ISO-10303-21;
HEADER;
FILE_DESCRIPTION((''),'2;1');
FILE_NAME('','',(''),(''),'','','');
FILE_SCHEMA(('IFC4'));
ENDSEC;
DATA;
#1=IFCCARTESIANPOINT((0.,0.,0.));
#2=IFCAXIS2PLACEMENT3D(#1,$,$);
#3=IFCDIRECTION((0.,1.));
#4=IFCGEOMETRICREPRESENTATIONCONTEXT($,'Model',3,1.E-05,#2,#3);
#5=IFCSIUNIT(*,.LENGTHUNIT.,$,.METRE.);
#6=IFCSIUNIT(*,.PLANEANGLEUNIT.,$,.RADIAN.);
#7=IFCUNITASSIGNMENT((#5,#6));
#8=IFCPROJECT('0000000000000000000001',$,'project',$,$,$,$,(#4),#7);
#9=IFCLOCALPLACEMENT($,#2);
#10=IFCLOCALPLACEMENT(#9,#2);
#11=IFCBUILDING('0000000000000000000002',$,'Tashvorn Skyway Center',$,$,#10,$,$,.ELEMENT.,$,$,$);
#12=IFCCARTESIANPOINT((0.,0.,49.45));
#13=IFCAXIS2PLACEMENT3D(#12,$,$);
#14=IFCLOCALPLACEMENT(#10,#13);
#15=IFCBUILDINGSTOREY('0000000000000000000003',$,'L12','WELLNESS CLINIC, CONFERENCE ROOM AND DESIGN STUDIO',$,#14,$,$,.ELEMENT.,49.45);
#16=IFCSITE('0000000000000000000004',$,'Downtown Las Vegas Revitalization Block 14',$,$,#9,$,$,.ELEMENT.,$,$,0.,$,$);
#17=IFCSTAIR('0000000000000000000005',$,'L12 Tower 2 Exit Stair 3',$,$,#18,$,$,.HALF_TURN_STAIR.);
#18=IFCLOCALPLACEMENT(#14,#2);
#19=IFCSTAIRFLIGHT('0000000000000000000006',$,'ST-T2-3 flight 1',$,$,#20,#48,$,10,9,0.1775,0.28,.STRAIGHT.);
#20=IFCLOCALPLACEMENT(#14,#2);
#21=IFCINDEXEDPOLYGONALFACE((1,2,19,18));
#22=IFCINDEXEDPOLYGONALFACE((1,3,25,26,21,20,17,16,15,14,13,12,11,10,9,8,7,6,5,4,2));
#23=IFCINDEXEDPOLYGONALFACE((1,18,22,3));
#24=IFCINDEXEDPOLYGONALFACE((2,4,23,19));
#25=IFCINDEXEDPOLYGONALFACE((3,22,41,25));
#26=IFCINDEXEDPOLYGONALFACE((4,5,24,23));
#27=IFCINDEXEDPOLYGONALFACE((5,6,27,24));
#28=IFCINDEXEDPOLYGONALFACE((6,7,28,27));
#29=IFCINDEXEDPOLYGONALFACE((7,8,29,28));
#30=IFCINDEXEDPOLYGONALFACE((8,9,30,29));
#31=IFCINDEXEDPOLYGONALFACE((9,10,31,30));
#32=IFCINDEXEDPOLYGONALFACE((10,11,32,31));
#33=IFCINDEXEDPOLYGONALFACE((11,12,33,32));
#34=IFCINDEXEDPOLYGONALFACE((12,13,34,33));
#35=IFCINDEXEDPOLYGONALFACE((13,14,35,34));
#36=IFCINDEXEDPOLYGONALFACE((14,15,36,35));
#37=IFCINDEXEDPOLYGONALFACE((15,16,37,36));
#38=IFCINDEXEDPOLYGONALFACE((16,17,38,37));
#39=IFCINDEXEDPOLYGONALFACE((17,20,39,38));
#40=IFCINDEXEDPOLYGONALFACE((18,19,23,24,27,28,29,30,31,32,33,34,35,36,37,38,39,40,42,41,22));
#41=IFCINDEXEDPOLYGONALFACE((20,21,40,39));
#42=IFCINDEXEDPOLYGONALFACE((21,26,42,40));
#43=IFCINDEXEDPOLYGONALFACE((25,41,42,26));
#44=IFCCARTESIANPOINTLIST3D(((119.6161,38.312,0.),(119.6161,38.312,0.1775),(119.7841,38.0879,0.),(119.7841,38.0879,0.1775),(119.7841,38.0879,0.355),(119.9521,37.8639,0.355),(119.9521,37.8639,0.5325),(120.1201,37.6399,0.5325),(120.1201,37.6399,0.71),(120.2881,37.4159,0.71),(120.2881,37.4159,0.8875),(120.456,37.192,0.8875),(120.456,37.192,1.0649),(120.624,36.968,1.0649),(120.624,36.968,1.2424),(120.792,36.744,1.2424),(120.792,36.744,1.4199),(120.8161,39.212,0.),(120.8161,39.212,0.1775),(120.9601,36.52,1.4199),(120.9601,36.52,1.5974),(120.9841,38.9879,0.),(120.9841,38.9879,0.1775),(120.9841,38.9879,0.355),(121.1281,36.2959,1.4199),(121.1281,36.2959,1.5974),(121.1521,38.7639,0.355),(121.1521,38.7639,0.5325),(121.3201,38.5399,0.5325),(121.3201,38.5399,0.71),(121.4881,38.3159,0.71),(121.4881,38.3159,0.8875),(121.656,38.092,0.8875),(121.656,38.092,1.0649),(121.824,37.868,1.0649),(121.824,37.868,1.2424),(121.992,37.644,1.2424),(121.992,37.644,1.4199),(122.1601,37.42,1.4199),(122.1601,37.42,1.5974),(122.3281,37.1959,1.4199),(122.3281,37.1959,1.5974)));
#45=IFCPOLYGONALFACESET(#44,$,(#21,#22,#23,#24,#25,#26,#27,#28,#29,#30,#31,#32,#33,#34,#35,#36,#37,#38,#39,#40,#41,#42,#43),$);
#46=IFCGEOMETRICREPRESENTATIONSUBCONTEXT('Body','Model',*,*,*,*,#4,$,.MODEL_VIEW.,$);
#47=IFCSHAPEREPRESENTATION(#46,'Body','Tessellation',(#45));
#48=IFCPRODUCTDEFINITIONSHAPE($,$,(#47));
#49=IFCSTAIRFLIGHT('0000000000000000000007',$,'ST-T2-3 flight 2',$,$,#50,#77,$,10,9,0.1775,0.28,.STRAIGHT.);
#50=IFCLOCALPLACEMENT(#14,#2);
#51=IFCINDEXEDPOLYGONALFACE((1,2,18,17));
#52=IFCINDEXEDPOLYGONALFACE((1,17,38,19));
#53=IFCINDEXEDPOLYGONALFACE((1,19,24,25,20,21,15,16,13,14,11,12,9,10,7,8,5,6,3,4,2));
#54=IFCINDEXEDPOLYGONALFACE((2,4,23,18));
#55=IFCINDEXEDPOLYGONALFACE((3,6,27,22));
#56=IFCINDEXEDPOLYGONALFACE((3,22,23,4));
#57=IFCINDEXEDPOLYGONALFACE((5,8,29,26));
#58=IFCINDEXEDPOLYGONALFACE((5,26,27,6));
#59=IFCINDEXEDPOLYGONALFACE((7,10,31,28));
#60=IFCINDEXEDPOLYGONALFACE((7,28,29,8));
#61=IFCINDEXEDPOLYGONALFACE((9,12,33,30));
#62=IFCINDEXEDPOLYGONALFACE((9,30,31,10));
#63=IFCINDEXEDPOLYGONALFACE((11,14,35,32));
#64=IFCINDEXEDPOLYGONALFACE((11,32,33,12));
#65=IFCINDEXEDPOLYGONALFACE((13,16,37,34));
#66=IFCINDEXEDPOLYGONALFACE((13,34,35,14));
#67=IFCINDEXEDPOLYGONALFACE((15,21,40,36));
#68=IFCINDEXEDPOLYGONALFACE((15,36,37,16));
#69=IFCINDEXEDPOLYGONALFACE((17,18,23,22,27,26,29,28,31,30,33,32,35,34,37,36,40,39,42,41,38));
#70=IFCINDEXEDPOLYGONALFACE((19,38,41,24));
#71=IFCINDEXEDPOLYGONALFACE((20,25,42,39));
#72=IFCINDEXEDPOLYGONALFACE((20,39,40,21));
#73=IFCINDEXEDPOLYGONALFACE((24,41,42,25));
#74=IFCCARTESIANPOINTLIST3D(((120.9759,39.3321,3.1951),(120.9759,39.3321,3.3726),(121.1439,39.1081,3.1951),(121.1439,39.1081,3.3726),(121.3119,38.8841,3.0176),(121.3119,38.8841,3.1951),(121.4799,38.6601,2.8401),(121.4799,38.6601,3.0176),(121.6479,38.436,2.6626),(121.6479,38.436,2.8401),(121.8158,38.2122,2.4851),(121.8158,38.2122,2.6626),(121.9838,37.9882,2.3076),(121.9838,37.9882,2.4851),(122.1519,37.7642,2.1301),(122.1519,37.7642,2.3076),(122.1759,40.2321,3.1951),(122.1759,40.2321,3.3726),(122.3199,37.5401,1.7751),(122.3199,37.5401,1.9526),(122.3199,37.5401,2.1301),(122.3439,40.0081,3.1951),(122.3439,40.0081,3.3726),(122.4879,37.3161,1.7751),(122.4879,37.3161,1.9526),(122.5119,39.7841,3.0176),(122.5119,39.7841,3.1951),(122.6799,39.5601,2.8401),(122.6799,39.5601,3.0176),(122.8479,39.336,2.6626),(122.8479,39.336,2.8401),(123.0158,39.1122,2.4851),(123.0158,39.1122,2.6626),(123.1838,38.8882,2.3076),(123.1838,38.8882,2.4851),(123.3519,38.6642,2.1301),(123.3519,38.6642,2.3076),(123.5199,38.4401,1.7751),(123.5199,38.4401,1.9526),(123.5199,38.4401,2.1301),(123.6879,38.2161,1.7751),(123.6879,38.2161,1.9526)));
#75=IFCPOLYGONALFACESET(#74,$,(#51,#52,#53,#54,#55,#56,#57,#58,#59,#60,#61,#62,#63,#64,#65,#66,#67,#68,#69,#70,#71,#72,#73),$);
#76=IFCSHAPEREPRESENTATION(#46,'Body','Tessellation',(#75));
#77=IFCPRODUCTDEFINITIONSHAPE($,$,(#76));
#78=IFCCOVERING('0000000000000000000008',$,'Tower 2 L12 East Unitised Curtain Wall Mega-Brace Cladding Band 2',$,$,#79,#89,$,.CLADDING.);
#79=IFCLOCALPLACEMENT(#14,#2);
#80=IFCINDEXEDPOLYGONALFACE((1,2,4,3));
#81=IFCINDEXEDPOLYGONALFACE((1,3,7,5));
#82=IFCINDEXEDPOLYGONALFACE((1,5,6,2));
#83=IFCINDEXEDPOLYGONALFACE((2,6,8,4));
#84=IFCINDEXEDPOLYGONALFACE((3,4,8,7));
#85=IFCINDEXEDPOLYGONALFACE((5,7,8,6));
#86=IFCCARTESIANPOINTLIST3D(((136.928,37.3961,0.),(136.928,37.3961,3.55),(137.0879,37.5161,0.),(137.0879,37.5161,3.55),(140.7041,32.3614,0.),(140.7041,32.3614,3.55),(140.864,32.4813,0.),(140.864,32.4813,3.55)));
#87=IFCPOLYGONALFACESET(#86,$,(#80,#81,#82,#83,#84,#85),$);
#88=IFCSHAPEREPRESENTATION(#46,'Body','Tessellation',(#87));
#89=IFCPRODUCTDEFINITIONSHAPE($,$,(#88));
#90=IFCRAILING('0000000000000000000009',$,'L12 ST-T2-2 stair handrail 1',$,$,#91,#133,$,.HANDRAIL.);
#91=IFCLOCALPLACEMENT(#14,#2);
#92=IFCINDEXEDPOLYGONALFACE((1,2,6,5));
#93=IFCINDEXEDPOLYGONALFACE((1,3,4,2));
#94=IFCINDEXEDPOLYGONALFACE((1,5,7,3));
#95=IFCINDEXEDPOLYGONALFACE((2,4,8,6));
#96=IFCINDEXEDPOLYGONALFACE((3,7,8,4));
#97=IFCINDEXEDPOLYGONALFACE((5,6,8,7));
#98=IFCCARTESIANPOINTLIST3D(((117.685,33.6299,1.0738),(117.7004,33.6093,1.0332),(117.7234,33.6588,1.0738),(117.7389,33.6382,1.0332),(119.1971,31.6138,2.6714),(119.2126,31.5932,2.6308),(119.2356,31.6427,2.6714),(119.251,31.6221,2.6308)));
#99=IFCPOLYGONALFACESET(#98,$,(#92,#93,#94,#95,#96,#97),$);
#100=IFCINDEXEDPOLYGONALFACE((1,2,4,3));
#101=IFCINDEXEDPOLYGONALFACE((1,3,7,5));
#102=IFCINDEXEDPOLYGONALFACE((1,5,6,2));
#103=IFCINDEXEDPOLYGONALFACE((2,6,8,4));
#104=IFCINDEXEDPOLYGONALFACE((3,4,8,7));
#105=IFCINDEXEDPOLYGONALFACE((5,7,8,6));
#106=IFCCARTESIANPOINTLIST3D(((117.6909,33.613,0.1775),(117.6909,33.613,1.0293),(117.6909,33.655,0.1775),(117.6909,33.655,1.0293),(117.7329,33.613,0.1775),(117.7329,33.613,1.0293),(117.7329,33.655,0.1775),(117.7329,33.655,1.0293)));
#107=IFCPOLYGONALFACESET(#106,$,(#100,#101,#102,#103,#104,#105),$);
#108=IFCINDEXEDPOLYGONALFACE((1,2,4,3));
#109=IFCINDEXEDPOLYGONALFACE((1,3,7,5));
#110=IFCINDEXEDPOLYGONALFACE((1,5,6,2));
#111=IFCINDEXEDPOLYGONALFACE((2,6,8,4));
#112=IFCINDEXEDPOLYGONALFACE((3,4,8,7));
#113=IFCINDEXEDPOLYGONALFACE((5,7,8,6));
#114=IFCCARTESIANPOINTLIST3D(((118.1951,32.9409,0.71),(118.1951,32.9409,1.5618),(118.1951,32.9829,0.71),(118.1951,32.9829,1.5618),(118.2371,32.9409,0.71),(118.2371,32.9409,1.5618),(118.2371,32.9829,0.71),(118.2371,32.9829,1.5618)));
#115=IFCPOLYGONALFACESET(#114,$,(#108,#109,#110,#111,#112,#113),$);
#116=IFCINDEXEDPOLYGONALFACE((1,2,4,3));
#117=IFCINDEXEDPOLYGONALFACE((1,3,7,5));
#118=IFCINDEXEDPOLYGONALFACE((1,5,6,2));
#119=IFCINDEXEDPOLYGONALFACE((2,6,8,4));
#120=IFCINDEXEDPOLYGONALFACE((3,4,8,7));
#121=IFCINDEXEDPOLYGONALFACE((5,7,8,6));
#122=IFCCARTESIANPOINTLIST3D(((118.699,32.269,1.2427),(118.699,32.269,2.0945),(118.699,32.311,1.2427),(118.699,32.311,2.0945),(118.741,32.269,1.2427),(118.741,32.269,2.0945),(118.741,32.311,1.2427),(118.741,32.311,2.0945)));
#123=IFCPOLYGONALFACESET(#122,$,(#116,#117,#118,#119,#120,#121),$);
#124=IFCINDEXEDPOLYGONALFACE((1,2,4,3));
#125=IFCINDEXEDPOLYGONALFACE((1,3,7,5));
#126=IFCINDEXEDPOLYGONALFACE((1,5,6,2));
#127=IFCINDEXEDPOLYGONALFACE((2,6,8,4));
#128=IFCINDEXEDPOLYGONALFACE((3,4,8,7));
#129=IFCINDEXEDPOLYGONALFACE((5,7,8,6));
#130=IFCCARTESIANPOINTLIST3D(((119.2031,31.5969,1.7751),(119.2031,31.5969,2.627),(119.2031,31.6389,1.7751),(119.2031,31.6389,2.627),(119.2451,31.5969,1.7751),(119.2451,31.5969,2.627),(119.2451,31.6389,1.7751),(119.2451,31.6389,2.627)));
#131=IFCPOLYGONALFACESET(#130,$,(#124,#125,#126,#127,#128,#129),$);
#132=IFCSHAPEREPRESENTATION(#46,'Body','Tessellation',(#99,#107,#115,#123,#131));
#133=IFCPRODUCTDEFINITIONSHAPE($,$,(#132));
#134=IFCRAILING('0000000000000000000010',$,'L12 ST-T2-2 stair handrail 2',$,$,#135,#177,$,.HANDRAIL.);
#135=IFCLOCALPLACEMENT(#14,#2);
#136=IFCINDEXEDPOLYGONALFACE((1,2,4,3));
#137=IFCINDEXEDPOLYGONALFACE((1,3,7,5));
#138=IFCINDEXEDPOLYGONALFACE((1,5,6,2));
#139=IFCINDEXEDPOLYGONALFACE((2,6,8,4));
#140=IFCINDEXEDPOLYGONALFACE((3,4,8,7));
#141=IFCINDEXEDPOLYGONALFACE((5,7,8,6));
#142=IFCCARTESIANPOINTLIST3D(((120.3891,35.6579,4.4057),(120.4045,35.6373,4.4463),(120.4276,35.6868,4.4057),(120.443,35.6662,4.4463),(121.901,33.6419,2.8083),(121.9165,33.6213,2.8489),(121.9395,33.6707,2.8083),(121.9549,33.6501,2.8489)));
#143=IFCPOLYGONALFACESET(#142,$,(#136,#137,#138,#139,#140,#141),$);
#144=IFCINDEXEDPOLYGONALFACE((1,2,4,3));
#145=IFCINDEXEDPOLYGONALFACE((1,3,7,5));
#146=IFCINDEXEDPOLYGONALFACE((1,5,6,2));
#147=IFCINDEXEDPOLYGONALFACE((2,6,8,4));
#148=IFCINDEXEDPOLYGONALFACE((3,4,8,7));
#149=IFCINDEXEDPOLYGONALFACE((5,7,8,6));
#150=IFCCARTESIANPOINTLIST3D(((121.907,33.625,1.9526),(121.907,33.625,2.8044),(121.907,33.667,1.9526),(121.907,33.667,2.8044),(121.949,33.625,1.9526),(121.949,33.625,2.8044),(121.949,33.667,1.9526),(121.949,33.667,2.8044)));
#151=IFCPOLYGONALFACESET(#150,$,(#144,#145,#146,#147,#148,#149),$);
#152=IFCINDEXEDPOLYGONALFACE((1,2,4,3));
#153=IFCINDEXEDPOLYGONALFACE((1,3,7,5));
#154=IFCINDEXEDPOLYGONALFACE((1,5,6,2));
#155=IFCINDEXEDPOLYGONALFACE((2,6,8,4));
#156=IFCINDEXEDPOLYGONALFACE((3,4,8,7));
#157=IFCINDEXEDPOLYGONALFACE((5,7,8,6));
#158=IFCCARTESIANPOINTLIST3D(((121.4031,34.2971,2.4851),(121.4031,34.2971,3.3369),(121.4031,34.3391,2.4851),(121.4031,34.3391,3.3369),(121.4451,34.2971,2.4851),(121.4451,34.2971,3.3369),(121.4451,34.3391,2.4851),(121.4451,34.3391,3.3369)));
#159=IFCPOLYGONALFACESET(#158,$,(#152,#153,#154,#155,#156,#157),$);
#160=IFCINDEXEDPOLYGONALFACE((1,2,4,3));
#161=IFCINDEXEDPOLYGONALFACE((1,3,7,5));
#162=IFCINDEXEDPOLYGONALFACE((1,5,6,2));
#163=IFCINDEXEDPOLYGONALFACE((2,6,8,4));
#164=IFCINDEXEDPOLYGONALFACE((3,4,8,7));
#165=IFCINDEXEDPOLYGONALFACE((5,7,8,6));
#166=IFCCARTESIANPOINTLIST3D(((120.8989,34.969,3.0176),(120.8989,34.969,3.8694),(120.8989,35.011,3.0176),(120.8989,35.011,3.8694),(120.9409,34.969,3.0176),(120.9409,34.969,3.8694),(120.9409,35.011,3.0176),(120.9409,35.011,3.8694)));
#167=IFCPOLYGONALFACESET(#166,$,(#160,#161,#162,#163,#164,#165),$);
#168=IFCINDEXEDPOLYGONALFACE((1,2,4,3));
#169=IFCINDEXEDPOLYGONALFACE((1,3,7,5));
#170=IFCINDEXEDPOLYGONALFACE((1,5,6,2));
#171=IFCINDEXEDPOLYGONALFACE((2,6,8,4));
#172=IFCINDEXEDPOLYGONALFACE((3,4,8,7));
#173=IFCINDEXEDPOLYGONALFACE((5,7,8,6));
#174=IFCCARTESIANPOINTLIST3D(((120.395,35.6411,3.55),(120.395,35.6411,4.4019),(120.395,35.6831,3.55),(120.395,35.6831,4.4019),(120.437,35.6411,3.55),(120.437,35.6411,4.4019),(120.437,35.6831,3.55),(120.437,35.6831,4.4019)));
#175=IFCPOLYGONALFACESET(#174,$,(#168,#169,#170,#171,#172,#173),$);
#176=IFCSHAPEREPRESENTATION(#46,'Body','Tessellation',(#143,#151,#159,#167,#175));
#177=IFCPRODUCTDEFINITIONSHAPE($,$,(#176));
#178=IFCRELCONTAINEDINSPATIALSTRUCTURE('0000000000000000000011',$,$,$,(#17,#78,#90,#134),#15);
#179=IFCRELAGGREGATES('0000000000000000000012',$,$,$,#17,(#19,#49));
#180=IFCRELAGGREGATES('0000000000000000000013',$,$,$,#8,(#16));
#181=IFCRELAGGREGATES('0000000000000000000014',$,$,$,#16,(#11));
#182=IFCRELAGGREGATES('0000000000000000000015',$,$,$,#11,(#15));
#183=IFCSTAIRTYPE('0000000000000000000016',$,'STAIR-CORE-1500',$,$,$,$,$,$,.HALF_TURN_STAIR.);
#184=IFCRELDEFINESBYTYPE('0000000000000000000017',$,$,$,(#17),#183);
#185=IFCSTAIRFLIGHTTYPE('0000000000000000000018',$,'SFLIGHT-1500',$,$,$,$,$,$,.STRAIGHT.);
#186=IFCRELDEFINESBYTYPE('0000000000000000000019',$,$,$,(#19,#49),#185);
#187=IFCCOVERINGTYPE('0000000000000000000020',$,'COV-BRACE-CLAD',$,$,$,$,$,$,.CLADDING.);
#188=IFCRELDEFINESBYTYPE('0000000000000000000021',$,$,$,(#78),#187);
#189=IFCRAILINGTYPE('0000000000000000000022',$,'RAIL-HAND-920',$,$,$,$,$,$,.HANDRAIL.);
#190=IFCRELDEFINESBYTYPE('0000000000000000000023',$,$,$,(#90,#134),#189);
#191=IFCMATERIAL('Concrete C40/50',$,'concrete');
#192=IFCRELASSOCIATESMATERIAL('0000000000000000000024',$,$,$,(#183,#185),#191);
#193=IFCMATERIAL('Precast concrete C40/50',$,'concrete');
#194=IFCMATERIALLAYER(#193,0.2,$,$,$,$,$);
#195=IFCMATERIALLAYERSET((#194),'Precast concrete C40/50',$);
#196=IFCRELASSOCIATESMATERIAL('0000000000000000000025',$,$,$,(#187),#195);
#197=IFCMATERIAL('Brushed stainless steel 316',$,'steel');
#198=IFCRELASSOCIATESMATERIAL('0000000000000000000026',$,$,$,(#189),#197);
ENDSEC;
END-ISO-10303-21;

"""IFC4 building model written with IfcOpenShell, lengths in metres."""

from ifc_helpers import new_model, si_unit, direction, frame, origin, origin_2d, place, context, subcontext, project, spatial, polyline, rectangle, outline, extrude, material, layer, layer_set, type_object, element, aggregate, save


model = new_model("IFC4")

# Units and contexts
model_context = context("Model", 3, precision=1e-05, world=origin(), true_north=direction((0.0, 1.0)))
body_context = subcontext(model_context, "Body", "Model", "MODEL_VIEW")
ifc_project = project(units=[si_unit("LENGTHUNIT", "METRE"), si_unit("PLANEANGLEUNIT", "RADIAN")], contexts=[model_context])

# Site, building, storey
site_placement = place(None, origin())
site = spatial("IfcSite", under=ifc_project, at=site_placement, Name="Downtown Las Vegas Revitalization Block 14", CompositionType="ELEMENT", RefElevation=0.0)
building_placement = place(site_placement, origin())
building = spatial("IfcBuilding", under=site, at=building_placement, Name="Tashvorn Skyway Center", CompositionType="ELEMENT")
storey_placement = place(building_placement, frame((0.0, 0.0, 49.45)))
storey = spatial("IfcBuildingStorey", under=building, at=storey_placement, Name="L12", Description="WELLNESS CLINIC, CONFERENCE ROOM AND DESIGN STUDIO", CompositionType="ELEMENT", Elevation=49.45)

# Shared definitions
ifc_material_1 = material(Name="Concrete C40/50", Category="concrete")

# Shared definitions
stair_type = type_object("IfcStairType", Name="STAIR-CORE-1500", PredefinedType="HALF_TURN_STAIR", material=ifc_material_1)
stair_flight_type = type_object("IfcStairFlightType", Name="SFLIGHT-1500", PredefinedType="STRAIGHT", material=ifc_material_1)

# Stair, stair flights
stair_1_placement = place(storey_placement, origin())
stair_1 = element("IfcStair", 1, at=stair_1_placement, inside=storey, type_object=stair_type, Name="L12 Tower 2 Exit Stair 3", PredefinedType="HALF_TURN_STAIR")
stair_flight_1_placement = place(storey_placement, frame((120.2161, 38.762, 0.0), z_axis=(0.0, 0.0, 1.0), x_axis=(0.6, -0.8, 0.0)))
stair_flight_1 = element("IfcStairFlight", 2, at=stair_flight_1_placement, type_object=stair_flight_type, Name="ST-T2-3 flight 1", NumberOfRisers=10, NumberOfTreads=9, PredefinedType="STRAIGHT", RiserHeight=0.1775, TreadLength=0.28, context=body_context, shape_type="SweptSolid", body=[
    extrude(outline(polyline([(0.0, 0.0), (0.0, 0.1775), (0.28, 0.1775), (0.28, 0.355), (0.5601, 0.355), (0.5601, 0.5325), (0.8401, 0.5325), (0.8401, 0.71), (1.1201, 0.71), (1.1201, 0.8875), (1.3999, 0.8875), (1.3999, 1.0649), (1.6799, 1.0649), (1.6799, 1.2424), (1.96, 1.2424), (1.96, 1.4199), (2.24, 1.4199), (2.24, 1.5974), (2.52, 1.5974), (2.52, 1.7749), (2.52, 1.4199), (0.28, 0.0), (0.0, 0.0)])), frame((0.0, 0.75, 0.0), z_axis=(0.0, -1.0, 0.0), x_axis=(1.0, 0.0, 0.0)), (0.0, 0.0, 1.0), 1.5),
])
stair_flight_2_placement = place(storey_placement, frame((123.0879, 37.7661, 1.7751), z_axis=(0.0, 0.0, 1.0), x_axis=(-0.6, 0.8, 0.0)))
stair_flight_2 = element("IfcStairFlight", 3, at=stair_flight_2_placement, type_object=stair_flight_type, Name="ST-T2-3 flight 2", NumberOfRisers=10, NumberOfTreads=9, PredefinedType="STRAIGHT", RiserHeight=0.1775, TreadLength=0.28, context=body_context, shape_type="SweptSolid", body=[
    extrude(outline(polyline([(0.0, 0.0), (0.0, 0.1775), (0.28, 0.1775), (0.28, 0.355), (0.5601, 0.355), (0.5601, 0.5325), (0.8401, 0.5325), (0.8401, 0.71), (1.1201, 0.71), (1.1201, 0.8875), (1.3999, 0.8875), (1.3999, 1.0649), (1.6799, 1.0649), (1.6799, 1.2424), (1.96, 1.2424), (1.96, 1.4199), (2.24, 1.4199), (2.24, 1.5974), (2.52, 1.5974), (2.52, 1.7749), (2.52, 1.4199), (0.28, 0.0), (0.0, 0.0)])), frame((0.0, 0.75, 0.0), z_axis=(0.0, -1.0, 0.0), x_axis=(1.0, 0.0, 0.0)), (0.0, 0.0, 1.0), 1.5),
])
aggregate(stair_1, [stair_flight_1, stair_flight_2])

# Covering
ifc_material_2 = material(Name="Precast concrete C40/50", Category="concrete")
ifc_layer_1 = layer(ifc_material_2, 0.2)
ifc_layer_set_1 = layer_set([ifc_layer_1], Name="Precast concrete C40/50")
covering_type = type_object("IfcCoveringType", Name="COV-BRACE-CLAD", PredefinedType="CLADDING", material=ifc_layer_set_1)
covering_placement = place(storey_placement, frame((138.896, 34.9387, 0.0), z_axis=(0.0, 0.0, 1.0), x_axis=(0.6, -0.8, 0.0)))
element("IfcCovering", 4, at=covering_placement, inside=storey, type_object=covering_type, Name="Tower 2 L12 East Unitised Curtain Wall Mega-Brace Cladding Band 2", PredefinedType="CLADDING", context=body_context, shape_type="SweptSolid", body=[
    extrude(rectangle(XDim=6.2935, YDim=0.2, at=origin_2d()), origin(), (0.0, 0.0, 1.0), 3.55),
])

# Railings
ifc_material_3 = material(Name="Brushed stainless steel 316", Category="steel")
railing_type_1 = type_object("IfcRailingType", Name="RAIL-HAND-920", PredefinedType="HANDRAIL", material=ifc_material_3)
railing_1_placement = place(storey_placement, frame((117.7119, 33.634, 0.1775)))
element("IfcRailing", 5, at=railing_1_placement, inside=storey, type_object=railing_type_1, Name="L12 ST-T2-2 stair handrail 1", PredefinedType="HANDRAIL", context=body_context, shape_type="SweptSolid", body=[
    extrude(rectangle(XDim=0.0481, YDim=0.0481, at=origin_2d()), frame((0.0, 0.0, 0.876), z_axis=(0.506779, -0.675651, 0.535416), x_axis=(0.799977, 0.600031, 0.0)), (0.0, 0.0, 1.0), 2.9839),
    extrude(rectangle(XDim=0.042, YDim=0.042, at=origin_2d()), origin(), (0.0, 0.0, 1.0), 0.8518),
    extrude(rectangle(XDim=0.042, YDim=0.042, at=origin_2d()), frame((0.5042, -0.6721, 0.5325)), (0.0, 0.0, 1.0), 0.8518),
    extrude(rectangle(XDim=0.042, YDim=0.042, at=origin_2d()), frame((1.0081, -1.344, 1.0652)), (0.0, 0.0, 1.0), 0.8518),
    extrude(rectangle(XDim=0.042, YDim=0.042, at=origin_2d()), frame((1.5122, -2.0161, 1.5977)), (0.0, 0.0, 1.0), 0.8518),
])
railing_2_placement = place(storey_placement, frame((121.928, 33.646, 1.9526)))
element("IfcRailing", 6, at=railing_2_placement, inside=storey, type_object=railing_type_1, Name="L12 ST-T2-2 stair handrail 2", PredefinedType="HANDRAIL", context=body_context, shape_type="SweptSolid", body=[
    extrude(rectangle(XDim=0.0481, YDim=0.0481, at=origin_2d()), frame((0.0, 0.0, 0.876), z_axis=(-0.506741, 0.675709, 0.535379), x_axis=(-0.800023, -0.599969, 0.0)), (0.0, 0.0, 1.0), 2.9836),
    extrude(rectangle(XDim=0.042, YDim=0.042, at=origin_2d()), origin(), (0.0, 0.0, 1.0), 0.8518),
    extrude(rectangle(XDim=0.042, YDim=0.042, at=origin_2d()), frame((-0.5039, 0.6721, 0.5325)), (0.0, 0.0, 1.0), 0.8518),
    extrude(rectangle(XDim=0.042, YDim=0.042, at=origin_2d()), frame((-1.0081, 1.344, 1.0649)), (0.0, 0.0, 1.0), 0.8518),
    extrude(rectangle(XDim=0.042, YDim=0.042, at=origin_2d()), frame((-1.512, 2.0161, 1.5974)), (0.0, 0.0, 1.0), 0.8518),
])

save(model, "model.ifc")
